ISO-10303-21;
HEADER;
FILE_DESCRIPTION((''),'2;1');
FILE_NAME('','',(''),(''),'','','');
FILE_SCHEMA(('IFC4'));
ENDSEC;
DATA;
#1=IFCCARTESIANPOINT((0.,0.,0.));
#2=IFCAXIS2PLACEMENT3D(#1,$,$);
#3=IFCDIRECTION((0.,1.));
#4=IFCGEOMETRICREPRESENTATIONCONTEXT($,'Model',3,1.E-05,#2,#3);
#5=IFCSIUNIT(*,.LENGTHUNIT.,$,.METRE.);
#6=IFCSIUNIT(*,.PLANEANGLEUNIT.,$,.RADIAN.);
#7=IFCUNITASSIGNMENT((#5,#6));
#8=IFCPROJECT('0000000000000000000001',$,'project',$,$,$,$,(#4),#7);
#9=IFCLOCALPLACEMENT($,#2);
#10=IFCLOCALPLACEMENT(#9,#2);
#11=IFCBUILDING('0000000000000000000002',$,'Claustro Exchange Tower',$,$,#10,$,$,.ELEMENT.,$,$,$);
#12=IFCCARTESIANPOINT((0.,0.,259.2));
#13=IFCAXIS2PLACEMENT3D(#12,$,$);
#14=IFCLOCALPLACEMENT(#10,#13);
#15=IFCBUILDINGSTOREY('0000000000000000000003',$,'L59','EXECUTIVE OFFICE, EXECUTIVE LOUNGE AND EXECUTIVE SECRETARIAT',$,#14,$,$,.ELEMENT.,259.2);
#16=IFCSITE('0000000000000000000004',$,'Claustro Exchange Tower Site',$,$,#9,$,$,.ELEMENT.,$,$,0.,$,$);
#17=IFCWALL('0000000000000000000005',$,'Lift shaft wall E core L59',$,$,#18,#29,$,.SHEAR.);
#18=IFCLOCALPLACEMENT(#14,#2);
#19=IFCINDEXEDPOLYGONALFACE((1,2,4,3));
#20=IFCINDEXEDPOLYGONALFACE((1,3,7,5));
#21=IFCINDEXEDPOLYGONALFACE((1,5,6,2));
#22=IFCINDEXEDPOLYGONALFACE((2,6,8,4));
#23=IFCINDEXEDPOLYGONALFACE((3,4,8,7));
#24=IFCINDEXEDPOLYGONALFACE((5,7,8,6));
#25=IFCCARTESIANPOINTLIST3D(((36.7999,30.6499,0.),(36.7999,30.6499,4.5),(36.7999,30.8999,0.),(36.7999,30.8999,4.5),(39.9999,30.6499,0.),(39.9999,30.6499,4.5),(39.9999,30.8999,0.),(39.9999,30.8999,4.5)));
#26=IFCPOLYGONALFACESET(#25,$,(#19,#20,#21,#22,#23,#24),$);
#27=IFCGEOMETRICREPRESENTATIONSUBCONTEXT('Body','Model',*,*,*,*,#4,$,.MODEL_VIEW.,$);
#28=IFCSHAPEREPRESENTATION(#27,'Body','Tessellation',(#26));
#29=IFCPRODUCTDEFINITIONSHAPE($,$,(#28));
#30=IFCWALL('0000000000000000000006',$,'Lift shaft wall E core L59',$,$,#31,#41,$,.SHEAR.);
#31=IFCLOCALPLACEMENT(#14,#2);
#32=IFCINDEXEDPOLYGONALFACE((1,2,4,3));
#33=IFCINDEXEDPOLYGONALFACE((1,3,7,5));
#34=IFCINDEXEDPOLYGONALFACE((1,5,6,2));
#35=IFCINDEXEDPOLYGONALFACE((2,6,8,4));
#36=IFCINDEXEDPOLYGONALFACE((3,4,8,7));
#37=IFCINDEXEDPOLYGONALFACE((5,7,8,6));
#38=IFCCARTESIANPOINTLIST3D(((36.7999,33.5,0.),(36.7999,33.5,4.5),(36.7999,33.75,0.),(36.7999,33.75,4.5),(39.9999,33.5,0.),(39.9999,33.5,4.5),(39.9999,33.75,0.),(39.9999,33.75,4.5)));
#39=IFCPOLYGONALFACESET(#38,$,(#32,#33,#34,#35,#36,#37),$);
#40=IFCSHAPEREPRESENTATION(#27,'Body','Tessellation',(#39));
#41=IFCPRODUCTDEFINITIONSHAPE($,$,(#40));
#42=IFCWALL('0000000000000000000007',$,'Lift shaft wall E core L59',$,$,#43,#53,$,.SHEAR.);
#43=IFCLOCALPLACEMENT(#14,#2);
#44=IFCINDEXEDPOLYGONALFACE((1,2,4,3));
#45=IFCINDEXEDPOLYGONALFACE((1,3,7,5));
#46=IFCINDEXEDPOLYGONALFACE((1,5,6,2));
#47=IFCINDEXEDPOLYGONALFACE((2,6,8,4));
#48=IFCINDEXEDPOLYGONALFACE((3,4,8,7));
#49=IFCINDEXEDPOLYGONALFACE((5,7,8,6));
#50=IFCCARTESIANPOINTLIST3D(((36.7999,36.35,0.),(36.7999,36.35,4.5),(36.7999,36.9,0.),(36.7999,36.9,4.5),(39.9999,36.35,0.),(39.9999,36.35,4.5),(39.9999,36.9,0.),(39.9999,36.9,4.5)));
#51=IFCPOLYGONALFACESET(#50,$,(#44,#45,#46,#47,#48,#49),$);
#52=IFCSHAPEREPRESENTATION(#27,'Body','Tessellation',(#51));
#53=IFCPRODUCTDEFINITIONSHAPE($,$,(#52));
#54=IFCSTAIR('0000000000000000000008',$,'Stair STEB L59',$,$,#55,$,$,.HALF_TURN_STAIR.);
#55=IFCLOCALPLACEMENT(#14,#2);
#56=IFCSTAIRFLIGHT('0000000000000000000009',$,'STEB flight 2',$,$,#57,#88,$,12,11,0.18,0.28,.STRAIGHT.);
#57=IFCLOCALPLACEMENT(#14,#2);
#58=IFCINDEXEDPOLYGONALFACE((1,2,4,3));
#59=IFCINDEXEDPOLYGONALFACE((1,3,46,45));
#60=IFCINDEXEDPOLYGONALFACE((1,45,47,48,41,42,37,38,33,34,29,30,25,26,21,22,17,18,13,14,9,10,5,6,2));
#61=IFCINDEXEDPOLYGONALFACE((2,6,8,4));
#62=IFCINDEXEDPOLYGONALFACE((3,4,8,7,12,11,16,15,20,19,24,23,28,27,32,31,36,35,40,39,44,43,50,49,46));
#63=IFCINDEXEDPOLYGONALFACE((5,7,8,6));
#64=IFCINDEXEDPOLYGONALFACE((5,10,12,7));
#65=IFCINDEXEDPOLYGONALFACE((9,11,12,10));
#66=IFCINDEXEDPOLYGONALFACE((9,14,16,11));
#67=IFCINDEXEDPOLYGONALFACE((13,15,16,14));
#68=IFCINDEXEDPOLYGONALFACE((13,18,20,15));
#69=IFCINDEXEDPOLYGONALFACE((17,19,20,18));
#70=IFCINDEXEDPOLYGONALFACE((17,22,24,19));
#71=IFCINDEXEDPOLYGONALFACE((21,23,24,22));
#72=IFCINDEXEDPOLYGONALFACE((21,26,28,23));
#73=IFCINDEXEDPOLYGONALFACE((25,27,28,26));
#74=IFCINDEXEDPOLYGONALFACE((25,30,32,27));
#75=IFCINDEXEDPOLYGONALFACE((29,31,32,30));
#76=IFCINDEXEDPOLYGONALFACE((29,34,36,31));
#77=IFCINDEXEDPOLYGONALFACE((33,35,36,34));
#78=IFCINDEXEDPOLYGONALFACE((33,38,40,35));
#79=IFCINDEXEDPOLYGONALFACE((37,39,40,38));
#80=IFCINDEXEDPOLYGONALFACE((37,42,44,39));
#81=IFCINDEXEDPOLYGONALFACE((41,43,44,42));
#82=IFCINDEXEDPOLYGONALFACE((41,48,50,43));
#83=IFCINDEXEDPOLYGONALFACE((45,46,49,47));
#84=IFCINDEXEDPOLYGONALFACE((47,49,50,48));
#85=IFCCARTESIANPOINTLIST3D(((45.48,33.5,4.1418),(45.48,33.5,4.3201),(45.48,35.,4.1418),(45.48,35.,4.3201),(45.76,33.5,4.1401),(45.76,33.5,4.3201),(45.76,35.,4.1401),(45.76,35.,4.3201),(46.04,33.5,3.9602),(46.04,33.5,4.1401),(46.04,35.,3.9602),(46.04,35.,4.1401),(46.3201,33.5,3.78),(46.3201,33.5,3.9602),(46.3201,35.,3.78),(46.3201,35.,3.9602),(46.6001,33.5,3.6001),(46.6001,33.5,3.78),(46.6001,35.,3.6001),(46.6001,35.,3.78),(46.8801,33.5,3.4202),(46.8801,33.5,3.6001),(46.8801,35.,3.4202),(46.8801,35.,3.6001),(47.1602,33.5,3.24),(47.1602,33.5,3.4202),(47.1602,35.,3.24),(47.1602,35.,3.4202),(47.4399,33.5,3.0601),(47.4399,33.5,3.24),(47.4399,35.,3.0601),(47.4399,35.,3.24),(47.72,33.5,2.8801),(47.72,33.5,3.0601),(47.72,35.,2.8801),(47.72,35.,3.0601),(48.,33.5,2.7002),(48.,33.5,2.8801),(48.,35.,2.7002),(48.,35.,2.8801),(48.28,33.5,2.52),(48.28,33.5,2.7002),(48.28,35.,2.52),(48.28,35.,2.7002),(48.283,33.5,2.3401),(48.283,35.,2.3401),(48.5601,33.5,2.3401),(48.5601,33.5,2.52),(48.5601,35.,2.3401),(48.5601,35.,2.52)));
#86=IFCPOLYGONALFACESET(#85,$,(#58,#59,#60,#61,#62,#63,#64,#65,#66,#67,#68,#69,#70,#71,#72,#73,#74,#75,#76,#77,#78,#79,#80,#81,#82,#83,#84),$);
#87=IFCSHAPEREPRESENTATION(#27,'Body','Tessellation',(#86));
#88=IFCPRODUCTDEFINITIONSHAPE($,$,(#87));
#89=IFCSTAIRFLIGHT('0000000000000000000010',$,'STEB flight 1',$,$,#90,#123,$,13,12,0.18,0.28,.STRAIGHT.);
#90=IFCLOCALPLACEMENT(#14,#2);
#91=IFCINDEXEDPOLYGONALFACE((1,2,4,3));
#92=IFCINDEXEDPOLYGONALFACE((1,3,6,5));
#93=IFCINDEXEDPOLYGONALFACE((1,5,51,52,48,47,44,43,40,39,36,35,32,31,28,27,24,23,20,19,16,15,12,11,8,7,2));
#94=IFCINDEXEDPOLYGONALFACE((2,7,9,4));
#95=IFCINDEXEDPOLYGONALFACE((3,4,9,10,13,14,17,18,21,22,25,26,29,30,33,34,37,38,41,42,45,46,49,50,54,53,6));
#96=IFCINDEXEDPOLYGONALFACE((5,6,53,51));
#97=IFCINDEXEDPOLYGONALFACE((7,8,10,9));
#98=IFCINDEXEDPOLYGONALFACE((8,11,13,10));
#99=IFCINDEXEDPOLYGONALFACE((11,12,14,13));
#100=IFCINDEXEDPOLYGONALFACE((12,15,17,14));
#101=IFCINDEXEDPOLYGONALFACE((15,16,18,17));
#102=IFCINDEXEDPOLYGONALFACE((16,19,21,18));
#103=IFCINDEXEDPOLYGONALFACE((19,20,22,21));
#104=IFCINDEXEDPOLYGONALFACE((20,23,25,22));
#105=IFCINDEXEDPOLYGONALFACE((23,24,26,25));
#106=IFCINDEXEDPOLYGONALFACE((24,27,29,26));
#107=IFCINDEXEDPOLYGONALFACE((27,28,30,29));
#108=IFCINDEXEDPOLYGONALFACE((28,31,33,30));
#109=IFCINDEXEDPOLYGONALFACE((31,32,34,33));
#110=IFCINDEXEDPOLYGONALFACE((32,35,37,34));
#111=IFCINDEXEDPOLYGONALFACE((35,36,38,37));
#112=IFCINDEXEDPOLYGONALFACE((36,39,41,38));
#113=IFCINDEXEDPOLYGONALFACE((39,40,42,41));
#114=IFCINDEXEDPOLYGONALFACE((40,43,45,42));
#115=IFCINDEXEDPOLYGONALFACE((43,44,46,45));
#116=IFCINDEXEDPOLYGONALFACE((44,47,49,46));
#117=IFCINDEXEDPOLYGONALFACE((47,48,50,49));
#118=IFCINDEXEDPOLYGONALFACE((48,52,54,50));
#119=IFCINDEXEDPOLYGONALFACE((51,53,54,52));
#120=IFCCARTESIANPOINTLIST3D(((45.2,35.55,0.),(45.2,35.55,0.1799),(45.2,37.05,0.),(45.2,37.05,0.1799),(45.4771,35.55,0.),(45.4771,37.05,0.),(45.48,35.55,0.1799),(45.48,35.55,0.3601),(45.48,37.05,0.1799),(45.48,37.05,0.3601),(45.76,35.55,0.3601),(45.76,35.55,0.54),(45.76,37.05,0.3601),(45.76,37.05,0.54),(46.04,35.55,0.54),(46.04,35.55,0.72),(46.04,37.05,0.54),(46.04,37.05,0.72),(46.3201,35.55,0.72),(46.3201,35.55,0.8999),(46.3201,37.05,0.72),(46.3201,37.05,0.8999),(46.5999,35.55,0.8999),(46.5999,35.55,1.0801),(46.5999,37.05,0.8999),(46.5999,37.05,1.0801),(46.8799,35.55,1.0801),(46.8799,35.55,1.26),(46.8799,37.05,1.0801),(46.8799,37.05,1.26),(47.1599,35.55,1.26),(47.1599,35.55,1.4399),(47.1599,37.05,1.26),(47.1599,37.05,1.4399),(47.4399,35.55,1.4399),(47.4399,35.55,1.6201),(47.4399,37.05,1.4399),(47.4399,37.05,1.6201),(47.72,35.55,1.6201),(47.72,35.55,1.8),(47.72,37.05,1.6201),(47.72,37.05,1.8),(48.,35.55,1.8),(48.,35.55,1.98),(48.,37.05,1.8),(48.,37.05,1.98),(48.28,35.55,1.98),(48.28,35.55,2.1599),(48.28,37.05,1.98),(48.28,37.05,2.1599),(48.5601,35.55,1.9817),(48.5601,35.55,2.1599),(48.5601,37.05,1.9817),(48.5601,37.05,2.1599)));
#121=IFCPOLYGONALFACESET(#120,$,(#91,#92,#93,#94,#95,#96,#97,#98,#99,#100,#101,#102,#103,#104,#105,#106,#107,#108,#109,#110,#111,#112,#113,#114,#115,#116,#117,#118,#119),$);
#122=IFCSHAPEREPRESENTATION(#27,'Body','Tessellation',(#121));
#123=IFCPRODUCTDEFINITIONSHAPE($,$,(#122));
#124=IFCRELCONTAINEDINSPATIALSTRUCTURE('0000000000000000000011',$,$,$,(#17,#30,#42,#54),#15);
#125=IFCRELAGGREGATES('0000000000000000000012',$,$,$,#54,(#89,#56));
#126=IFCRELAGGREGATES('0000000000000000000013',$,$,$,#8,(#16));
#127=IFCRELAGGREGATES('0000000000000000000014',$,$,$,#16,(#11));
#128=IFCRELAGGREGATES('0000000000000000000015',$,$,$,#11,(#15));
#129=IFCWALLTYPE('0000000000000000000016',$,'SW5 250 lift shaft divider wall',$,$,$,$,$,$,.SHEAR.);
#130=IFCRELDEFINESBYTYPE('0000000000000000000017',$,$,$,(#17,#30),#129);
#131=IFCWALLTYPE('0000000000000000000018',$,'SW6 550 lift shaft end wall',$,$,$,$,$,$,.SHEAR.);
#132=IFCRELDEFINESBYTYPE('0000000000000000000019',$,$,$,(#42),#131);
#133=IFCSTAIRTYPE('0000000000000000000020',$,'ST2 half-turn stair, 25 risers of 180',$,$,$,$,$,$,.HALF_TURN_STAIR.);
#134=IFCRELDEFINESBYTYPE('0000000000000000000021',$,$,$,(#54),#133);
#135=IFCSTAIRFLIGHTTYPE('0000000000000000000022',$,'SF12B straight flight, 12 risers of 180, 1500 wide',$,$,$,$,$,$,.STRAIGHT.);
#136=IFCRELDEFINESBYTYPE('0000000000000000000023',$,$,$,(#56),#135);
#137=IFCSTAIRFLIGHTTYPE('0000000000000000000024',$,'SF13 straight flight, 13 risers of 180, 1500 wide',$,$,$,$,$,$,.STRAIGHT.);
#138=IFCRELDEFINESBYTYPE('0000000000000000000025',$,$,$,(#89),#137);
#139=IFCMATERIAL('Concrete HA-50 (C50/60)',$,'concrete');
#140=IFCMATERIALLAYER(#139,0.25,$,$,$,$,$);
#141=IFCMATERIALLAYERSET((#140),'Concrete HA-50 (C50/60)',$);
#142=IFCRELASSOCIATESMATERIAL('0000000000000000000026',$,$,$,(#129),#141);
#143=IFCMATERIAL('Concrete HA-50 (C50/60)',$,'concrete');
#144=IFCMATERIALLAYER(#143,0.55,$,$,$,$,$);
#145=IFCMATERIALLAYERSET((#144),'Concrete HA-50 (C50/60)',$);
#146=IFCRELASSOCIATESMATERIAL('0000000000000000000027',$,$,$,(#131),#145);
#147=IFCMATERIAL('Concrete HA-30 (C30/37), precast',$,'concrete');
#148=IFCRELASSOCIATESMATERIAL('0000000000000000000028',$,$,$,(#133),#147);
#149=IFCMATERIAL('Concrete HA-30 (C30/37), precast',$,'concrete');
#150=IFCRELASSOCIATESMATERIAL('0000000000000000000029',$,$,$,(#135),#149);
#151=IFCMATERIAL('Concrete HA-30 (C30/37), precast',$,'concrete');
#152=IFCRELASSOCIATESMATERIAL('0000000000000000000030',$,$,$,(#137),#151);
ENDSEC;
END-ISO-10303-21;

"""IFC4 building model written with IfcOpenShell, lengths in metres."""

from ifc_helpers import new_model, si_unit, direction, frame, frame_2d, origin, place, context, subcontext, project, spatial, polyline, rectangle, outline, extrude, material, layer, layer_set, type_object, element, aggregate, save


model = new_model("IFC4")

# Units and contexts
model_context = context("Model", 3, precision=1e-05, world=origin(), true_north=direction((0.0, 1.0)))
body_context = subcontext(model_context, "Body", "Model", "MODEL_VIEW")
ifc_project = project(units=[si_unit("LENGTHUNIT", "METRE"), si_unit("PLANEANGLEUNIT", "RADIAN")], contexts=[model_context])

# Site, building, storey
site_placement = place(None, origin())
site = spatial("IfcSite", under=ifc_project, at=site_placement, Name="Claustro Exchange Tower Site", CompositionType="ELEMENT", RefElevation=0.0)
building_placement = place(site_placement, origin())
building = spatial("IfcBuilding", under=site, at=building_placement, Name="Claustro Exchange Tower", CompositionType="ELEMENT")
storey_placement = place(building_placement, frame((0.0, 0.0, 259.2)))
storey = spatial("IfcBuildingStorey", under=building, at=storey_placement, Name="L59", Description="EXECUTIVE OFFICE, EXECUTIVE LOUNGE AND EXECUTIVE SECRETARIAT", CompositionType="ELEMENT", Elevation=259.2)

# Walls
ifc_material_1 = material(Name="Concrete HA-50 (C50/60)", Category="concrete")
ifc_layer_1 = layer(ifc_material_1, 0.25)
ifc_layer_set_1 = layer_set([ifc_layer_1], Name="Concrete HA-50 (C50/60)")
wall_type_1 = type_object("IfcWallType", Name="SW5 250 lift shaft divider wall", PredefinedType="SHEAR", material=ifc_layer_set_1)
for number, where, z_axis, x_axis, name in (
    (1, (40.0, 30.7749, 0.0), (0.0, 0.0, 1.0), (-1.0, 0.0, 0.0), "Lift shaft wall E core L59"),
    (2, (40.0, 33.625, 0.0), (0.0, 0.0, 1.0), (-1.0, 0.0, 0.0), "Lift shaft wall E core L59"),
):
    element("IfcWall", number, at=place(storey_placement, frame(where, z_axis=z_axis, x_axis=x_axis)), inside=storey, type_object=wall_type_1, Name=name, PredefinedType="SHEAR", context=body_context, shape_type="SweptSolid", body=[
        extrude(rectangle(XDim=3.2, YDim=0.25, at=frame_2d((1.6001, 0.0))), origin(), (0.0, 0.0, 1.0), 4.5),
    ])
ifc_material_2 = material(Name="Concrete HA-50 (C50/60)", Category="concrete")
ifc_layer_2 = layer(ifc_material_2, 0.55)
ifc_layer_set_2 = layer_set([ifc_layer_2], Name="Concrete HA-50 (C50/60)")
wall_type_2 = type_object("IfcWallType", Name="SW6 550 lift shaft end wall", PredefinedType="SHEAR", material=ifc_layer_set_2)
wall_1_placement = place(storey_placement, frame((40.0, 36.625, 0.0), z_axis=(0.0, 0.0, 1.0), x_axis=(-1.0, 0.0, 0.0)))
element("IfcWall", 3, at=wall_1_placement, inside=storey, type_object=wall_type_2, Name="Lift shaft wall E core L59", PredefinedType="SHEAR", context=body_context, shape_type="SweptSolid", body=[
    extrude(rectangle(XDim=3.2, YDim=0.55, at=frame_2d((1.6001, 0.0))), origin(), (0.0, 0.0, 1.0), 4.5),
])

# Stair, stair flights
ifc_material_3 = material(Name="Concrete HA-30 (C30/37), precast", Category="concrete")
stair_type = type_object("IfcStairType", Name="ST2 half-turn stair, 25 risers of 180", PredefinedType="HALF_TURN_STAIR", material=ifc_material_3)
stair_placement = place(storey_placement, origin())
stair = element("IfcStair", 4, at=stair_placement, inside=storey, type_object=stair_type, Name="Stair STEB L59", PredefinedType="HALF_TURN_STAIR")
ifc_material_4 = material(Name="Concrete HA-30 (C30/37), precast", Category="concrete")
stair_flight_type_1 = type_object("IfcStairFlightType", Name="SF12B straight flight, 12 risers of 180, 1500 wide", PredefinedType="STRAIGHT", material=ifc_material_4)
stair_flight_1_placement = place(storey_placement, frame((48.5601, 34.25, 2.3401), z_axis=(0.0, 0.0, 1.0), x_axis=(-1.0, 0.0, 0.0)))
stair_flight_1 = element("IfcStairFlight", 5, at=stair_flight_1_placement, type_object=stair_flight_type_1, Name="STEB flight 2", NumberOfRisers=12, NumberOfTreads=11, PredefinedType="STRAIGHT", RiserHeight=0.18, TreadLength=0.28, context=body_context, shape_type="SweptSolid", body=[
    extrude(outline(polyline([(0.0, 0.0), (0.0, 0.1799), (0.28, 0.1799), (0.28, 0.3601), (0.5601, 0.3601), (0.5601, 0.54), (0.8401, 0.54), (0.8401, 0.72), (1.1201, 0.72), (1.1201, 0.8999), (1.3999, 0.8999), (1.3999, 1.0801), (1.6799, 1.0801), (1.6799, 1.26), (1.96, 1.26), (1.96, 1.4399), (2.24, 1.4399), (2.24, 1.6201), (2.52, 1.6201), (2.52, 1.8), (2.8, 1.8), (2.8, 1.98), (3.0801, 1.98), (3.0801, 2.1599), (3.0801, 1.8018), (0.2771, 0.0), (0.0, 0.0)])), frame((0.0, 0.75, 0.0), z_axis=(0.0, -1.0, 0.0), x_axis=(1.0, 0.0, 0.0)), (0.0, 0.0, 1.0), 1.5),
])
ifc_material_5 = material(Name="Concrete HA-30 (C30/37), precast", Category="concrete")
stair_flight_type_2 = type_object("IfcStairFlightType", Name="SF13 straight flight, 13 risers of 180, 1500 wide", PredefinedType="STRAIGHT", material=ifc_material_5)
stair_flight_2_placement = place(storey_placement, frame((45.2, 36.3, 0.0), z_axis=(0.0, 0.0, 1.0), x_axis=(1.0, 0.0, 0.0)))
stair_flight_2 = element("IfcStairFlight", 6, at=stair_flight_2_placement, type_object=stair_flight_type_2, Name="STEB flight 1", NumberOfRisers=13, NumberOfTreads=12, PredefinedType="STRAIGHT", RiserHeight=0.18, TreadLength=0.28, context=body_context, shape_type="SweptSolid", body=[
    extrude(outline(polyline([(0.0, 0.0), (0.0, 0.1799), (0.28, 0.1799), (0.28, 0.3601), (0.5601, 0.3601), (0.5601, 0.54), (0.8401, 0.54), (0.8401, 0.72), (1.1201, 0.72), (1.1201, 0.8999), (1.3999, 0.8999), (1.3999, 1.0801), (1.6799, 1.0801), (1.6799, 1.26), (1.96, 1.26), (1.96, 1.4399), (2.24, 1.4399), (2.24, 1.6201), (2.52, 1.6201), (2.52, 1.8), (2.8, 1.8), (2.8, 1.98), (3.0801, 1.98), (3.0801, 2.1599), (3.3601, 2.1599), (3.3601, 2.3401), (3.3601, 1.9817), (0.2771, 0.0), (0.0, 0.0)])), frame((0.0, 0.75, 0.0), z_axis=(0.0, -1.0, 0.0), x_axis=(1.0, 0.0, 0.0)), (0.0, 0.0, 1.0), 1.5),
])
aggregate(stair, [stair_flight_2, stair_flight_1])

save(model, "model.ifc")
